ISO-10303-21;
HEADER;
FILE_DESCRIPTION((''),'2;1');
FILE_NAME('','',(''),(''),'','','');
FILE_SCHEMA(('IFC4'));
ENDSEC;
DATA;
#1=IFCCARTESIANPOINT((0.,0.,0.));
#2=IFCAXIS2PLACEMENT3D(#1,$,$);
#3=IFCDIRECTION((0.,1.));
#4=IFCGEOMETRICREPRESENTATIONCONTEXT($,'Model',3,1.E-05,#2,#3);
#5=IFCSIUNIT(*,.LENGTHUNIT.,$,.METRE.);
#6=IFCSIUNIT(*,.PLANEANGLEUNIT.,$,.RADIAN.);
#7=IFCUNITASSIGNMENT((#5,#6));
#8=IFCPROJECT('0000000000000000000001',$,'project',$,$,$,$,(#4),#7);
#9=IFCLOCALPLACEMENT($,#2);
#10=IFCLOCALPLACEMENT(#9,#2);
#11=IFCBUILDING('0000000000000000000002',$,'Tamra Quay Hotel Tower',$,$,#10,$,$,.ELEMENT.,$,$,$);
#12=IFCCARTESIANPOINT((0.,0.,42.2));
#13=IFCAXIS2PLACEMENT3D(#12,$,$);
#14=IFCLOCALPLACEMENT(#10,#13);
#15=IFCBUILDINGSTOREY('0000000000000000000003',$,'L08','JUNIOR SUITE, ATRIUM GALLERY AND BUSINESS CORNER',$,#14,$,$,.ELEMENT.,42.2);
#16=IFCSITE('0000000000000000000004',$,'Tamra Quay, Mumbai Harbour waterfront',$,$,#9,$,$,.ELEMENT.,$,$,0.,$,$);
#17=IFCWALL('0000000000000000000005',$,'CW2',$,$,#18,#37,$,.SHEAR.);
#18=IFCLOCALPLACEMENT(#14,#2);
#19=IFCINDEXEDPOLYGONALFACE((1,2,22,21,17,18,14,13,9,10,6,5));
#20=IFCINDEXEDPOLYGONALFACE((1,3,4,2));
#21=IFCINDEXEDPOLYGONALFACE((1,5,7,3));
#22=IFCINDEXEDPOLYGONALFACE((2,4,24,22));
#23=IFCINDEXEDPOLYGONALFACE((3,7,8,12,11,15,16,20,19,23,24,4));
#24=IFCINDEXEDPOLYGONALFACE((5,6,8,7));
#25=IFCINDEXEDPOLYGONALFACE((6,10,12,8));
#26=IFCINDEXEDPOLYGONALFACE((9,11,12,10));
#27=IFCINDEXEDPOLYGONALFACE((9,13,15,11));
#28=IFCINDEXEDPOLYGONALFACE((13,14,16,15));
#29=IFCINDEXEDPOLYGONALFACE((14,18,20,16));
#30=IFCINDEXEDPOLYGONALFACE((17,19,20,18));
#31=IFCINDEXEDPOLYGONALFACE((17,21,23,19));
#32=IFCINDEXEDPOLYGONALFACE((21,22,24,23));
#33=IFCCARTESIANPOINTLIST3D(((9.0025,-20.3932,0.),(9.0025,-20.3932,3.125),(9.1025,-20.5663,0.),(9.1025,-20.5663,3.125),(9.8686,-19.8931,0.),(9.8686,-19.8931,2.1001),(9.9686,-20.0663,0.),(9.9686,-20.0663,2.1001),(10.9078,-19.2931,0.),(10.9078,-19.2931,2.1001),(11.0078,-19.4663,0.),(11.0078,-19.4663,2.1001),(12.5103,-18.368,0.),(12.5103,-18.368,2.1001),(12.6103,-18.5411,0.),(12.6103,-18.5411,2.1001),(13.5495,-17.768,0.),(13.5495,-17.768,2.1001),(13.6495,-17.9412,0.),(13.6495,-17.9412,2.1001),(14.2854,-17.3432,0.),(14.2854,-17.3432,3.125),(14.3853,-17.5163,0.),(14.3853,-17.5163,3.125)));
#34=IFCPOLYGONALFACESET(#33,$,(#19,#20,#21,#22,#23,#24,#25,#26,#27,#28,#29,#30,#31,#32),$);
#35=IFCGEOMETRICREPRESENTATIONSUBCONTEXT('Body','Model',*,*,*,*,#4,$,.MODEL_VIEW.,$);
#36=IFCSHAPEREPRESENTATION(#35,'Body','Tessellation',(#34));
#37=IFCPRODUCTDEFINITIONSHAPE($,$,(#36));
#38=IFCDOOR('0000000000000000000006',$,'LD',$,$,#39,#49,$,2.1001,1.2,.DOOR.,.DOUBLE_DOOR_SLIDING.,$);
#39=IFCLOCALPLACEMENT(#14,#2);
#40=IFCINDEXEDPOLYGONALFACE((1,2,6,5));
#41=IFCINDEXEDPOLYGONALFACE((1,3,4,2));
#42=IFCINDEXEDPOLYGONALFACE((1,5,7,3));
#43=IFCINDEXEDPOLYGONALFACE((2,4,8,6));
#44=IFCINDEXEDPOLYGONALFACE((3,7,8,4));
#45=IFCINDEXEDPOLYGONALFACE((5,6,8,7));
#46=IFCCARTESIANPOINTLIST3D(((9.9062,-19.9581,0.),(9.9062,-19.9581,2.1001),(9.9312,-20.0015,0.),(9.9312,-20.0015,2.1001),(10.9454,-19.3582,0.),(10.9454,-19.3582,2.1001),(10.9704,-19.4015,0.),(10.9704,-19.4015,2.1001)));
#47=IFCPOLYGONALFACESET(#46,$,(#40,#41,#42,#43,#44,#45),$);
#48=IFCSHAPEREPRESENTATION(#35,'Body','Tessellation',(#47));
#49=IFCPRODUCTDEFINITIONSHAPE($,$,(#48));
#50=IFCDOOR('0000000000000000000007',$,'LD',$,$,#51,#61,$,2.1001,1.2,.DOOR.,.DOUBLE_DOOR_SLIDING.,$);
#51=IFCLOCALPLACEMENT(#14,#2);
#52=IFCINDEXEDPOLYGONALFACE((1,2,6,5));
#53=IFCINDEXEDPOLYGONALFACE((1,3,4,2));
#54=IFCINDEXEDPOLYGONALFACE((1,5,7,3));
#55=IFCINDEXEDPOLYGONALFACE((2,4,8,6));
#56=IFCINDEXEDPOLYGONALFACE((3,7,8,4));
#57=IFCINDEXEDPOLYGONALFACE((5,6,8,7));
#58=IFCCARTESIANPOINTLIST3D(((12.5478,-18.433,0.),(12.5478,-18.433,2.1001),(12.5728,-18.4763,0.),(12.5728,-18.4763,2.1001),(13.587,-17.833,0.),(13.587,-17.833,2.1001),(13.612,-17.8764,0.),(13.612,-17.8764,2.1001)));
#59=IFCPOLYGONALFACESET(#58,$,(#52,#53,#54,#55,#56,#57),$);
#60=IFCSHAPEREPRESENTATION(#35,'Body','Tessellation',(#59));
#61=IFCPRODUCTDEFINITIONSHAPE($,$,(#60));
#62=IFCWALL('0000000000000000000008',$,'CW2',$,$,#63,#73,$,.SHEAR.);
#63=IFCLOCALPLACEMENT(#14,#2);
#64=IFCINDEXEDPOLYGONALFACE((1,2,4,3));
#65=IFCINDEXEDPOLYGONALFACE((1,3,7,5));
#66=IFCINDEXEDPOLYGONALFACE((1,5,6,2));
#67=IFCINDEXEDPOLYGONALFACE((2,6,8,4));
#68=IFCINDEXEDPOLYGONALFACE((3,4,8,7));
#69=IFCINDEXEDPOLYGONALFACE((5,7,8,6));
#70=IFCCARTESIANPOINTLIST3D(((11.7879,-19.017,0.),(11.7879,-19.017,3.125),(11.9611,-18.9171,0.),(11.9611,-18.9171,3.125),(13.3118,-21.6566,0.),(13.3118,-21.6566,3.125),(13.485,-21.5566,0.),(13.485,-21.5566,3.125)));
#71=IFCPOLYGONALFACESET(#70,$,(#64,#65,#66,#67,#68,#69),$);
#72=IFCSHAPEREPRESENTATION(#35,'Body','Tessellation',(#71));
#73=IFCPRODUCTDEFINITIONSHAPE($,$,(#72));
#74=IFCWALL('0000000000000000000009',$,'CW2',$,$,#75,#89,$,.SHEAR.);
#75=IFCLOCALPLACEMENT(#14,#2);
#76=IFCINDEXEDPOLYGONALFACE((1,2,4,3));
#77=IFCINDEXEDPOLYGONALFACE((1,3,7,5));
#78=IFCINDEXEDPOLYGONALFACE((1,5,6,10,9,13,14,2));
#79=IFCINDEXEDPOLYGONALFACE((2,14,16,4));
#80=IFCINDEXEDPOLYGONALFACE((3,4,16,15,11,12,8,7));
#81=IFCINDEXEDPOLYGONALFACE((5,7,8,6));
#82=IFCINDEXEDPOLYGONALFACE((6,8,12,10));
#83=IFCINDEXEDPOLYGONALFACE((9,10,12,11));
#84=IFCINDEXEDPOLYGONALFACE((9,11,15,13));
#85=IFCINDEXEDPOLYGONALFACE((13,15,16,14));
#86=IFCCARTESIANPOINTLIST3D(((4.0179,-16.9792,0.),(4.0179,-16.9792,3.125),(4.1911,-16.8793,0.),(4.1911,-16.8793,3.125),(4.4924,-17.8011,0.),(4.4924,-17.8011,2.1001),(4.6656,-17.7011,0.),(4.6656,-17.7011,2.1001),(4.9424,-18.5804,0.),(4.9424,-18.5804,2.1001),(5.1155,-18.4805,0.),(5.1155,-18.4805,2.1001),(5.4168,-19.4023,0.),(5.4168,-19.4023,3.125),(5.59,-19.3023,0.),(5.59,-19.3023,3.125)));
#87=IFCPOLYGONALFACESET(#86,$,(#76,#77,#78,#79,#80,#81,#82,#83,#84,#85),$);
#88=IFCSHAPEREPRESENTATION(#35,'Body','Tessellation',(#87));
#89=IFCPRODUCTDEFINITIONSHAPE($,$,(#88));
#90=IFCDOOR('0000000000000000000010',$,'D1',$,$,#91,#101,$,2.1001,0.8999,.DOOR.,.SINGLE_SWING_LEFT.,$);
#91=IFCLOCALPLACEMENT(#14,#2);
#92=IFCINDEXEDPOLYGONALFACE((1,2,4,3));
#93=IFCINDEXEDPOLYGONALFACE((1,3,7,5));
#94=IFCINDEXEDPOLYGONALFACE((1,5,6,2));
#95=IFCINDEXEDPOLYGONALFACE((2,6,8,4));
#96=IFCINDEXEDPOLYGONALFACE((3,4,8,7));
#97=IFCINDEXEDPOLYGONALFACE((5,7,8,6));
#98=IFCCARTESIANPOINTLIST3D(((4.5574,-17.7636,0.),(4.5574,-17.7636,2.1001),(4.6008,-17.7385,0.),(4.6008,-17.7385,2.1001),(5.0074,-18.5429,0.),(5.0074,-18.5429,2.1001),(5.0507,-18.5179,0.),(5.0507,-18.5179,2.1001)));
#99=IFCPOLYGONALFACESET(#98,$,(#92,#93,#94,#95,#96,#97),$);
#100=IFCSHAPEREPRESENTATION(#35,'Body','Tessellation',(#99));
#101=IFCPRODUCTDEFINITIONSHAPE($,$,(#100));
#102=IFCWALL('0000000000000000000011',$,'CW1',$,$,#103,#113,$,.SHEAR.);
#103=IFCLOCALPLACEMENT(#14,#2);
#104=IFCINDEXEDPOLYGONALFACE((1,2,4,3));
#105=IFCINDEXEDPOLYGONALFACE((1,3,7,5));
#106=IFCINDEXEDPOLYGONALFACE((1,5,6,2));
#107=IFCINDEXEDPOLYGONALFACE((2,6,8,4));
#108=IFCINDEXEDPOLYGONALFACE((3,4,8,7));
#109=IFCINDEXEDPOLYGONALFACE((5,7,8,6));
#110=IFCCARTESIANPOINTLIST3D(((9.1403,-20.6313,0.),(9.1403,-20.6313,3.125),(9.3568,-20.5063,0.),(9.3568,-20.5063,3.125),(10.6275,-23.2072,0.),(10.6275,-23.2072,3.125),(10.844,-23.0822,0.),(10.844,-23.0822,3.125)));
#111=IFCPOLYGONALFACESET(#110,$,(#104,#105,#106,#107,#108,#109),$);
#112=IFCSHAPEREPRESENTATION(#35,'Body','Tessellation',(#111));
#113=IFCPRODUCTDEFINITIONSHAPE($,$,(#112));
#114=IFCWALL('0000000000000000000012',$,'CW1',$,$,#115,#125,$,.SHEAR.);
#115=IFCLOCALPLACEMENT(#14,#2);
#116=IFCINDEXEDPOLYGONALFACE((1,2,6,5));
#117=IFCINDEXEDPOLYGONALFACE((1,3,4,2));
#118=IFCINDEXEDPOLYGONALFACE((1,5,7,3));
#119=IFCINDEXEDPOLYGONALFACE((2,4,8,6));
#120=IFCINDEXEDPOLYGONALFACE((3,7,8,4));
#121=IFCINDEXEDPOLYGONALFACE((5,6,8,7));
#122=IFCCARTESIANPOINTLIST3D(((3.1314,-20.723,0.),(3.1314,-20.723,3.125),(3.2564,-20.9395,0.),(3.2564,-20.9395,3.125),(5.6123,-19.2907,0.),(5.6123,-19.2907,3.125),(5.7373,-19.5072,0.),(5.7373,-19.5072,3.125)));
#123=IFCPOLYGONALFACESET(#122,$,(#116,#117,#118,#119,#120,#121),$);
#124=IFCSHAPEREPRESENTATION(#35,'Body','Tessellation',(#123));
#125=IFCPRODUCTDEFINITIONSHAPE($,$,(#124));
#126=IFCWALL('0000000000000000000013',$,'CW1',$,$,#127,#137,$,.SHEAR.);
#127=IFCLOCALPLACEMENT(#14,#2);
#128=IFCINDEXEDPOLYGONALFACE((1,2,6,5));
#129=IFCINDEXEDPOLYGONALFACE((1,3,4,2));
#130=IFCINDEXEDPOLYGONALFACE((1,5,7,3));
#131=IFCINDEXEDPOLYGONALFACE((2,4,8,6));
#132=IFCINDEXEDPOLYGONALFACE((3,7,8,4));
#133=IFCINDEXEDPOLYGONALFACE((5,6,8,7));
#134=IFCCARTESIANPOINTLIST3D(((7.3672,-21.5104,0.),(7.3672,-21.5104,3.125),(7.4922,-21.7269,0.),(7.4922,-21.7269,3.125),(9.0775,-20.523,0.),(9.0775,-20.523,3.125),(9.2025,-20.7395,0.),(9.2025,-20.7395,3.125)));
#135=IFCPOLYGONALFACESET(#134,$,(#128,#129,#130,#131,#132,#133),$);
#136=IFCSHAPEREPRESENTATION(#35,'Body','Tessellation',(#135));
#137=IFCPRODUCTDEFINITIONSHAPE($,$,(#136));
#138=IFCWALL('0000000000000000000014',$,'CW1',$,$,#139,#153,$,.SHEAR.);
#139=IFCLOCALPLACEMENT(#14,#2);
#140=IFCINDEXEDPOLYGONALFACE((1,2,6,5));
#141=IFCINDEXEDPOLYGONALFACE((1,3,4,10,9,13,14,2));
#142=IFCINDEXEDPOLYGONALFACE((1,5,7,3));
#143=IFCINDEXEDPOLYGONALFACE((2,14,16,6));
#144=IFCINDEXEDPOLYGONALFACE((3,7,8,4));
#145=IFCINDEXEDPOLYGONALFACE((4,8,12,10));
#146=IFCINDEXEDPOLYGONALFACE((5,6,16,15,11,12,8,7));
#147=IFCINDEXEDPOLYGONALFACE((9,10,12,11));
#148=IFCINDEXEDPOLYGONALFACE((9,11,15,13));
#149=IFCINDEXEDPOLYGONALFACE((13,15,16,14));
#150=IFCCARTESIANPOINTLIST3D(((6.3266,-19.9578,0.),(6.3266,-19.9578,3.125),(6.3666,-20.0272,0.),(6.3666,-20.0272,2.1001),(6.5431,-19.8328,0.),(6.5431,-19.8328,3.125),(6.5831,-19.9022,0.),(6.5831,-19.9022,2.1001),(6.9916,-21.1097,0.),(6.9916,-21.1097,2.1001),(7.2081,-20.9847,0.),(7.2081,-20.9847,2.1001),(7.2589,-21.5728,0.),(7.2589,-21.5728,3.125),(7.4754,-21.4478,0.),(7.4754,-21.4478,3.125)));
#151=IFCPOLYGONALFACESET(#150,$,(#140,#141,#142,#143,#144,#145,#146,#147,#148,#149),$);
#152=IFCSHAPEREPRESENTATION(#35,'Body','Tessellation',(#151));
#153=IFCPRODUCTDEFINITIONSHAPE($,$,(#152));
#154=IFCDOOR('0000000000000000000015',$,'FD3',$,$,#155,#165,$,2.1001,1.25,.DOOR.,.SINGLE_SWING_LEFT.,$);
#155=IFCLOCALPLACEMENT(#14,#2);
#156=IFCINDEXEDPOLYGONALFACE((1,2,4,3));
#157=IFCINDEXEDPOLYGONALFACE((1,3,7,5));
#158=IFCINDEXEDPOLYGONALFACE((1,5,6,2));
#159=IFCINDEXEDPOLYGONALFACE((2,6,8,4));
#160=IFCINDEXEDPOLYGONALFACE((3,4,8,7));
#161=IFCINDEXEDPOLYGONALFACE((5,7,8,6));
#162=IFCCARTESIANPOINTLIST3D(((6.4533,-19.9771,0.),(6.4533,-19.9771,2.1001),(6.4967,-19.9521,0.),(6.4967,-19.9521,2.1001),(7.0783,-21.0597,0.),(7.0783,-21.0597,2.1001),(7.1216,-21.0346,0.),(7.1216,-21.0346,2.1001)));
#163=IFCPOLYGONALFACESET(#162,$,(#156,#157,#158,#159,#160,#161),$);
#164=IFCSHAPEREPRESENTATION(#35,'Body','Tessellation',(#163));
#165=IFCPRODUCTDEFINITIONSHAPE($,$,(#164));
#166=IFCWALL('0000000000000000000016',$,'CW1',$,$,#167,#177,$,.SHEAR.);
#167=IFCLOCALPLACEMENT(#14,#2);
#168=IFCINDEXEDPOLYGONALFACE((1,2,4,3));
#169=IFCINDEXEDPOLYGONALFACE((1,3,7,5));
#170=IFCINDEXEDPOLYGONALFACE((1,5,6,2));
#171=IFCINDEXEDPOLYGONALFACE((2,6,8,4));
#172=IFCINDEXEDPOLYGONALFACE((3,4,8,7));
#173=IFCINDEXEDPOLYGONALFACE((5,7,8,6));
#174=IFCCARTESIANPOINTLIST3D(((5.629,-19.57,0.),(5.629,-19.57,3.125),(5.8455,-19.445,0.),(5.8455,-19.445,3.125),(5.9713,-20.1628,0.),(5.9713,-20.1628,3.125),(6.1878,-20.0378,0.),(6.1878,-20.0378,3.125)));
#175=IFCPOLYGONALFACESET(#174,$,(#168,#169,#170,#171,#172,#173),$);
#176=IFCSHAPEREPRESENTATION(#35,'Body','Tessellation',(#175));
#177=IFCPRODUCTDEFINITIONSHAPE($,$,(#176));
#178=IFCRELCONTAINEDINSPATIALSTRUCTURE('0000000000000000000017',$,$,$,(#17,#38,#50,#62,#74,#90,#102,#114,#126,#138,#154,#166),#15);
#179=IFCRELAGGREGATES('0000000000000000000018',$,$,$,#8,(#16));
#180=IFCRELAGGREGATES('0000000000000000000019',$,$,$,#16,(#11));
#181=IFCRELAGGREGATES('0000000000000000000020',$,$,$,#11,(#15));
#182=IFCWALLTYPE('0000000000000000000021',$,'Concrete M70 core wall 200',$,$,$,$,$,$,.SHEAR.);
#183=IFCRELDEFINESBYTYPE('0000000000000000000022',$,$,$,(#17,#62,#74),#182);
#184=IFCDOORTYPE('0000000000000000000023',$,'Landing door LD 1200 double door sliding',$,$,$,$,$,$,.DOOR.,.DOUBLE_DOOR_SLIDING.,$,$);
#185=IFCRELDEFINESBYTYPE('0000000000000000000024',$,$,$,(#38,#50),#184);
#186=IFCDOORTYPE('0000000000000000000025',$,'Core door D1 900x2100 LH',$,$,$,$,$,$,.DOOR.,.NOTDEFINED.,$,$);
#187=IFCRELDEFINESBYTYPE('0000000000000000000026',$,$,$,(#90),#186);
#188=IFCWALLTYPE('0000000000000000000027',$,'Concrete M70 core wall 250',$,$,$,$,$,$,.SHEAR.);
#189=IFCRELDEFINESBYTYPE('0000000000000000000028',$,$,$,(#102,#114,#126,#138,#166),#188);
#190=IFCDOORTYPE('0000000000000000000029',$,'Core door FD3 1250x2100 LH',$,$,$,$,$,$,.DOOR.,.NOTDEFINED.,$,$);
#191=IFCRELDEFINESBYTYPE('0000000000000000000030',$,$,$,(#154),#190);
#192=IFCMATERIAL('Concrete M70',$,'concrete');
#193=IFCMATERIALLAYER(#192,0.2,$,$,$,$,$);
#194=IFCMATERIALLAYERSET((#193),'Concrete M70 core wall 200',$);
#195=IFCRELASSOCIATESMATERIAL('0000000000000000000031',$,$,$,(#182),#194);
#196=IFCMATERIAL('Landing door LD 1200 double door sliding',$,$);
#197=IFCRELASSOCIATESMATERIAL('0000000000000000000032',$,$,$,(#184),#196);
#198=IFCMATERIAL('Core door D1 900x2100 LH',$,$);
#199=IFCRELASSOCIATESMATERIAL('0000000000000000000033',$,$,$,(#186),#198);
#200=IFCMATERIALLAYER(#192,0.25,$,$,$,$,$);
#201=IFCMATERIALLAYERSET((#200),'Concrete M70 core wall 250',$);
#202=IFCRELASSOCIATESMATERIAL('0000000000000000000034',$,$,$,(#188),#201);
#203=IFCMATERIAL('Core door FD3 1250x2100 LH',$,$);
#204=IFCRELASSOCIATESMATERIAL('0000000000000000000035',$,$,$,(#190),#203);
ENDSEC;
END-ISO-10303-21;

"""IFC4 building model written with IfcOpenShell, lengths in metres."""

from ifc_helpers import new_model, si_unit, direction, frame, frame_2d, origin, place, context, subcontext, project, spatial, rectangle, extrude, material, layer, layer_set, type_object, element, fill, save


model = new_model("IFC4")

# Units and contexts
model_context = context("Model", 3, precision=1e-05, world=origin(), true_north=direction((0.0, 1.0)))
body_context = subcontext(model_context, "Body", "Model", "MODEL_VIEW")
ifc_project = project(units=[si_unit("LENGTHUNIT", "METRE"), si_unit("PLANEANGLEUNIT", "RADIAN")], contexts=[model_context])

# Site, building, storey
site_placement = place(None, origin())
site = spatial("IfcSite", under=ifc_project, at=site_placement, Name="Tamra Quay, Mumbai Harbour waterfront", CompositionType="ELEMENT", RefElevation=0.0)
building_placement = place(site_placement, origin())
building = spatial("IfcBuilding", under=site, at=building_placement, Name="Tamra Quay Hotel Tower", CompositionType="ELEMENT")
storey_placement = place(building_placement, frame((0.0, 0.0, 42.2)))
storey = spatial("IfcBuildingStorey", under=building, at=storey_placement, Name="L08", Description="JUNIOR SUITE, ATRIUM GALLERY AND BUSINESS CORNER", CompositionType="ELEMENT", Elevation=42.2)

# Shared definitions
ifc_material_1 = material(Name="Concrete M70", Category="concrete")

# Wall, openings, doors
ifc_layer_1 = layer(ifc_material_1, 0.2)
ifc_layer_set_1 = layer_set([ifc_layer_1], Name="Concrete M70 core wall 200")
wall_type_1 = type_object("IfcWallType", Name="Concrete M70 core wall 200", PredefinedType="SHEAR", material=ifc_layer_set_1)
wall_1_placement = place(storey_placement, frame((9.0525, -20.4797, 0.0), z_axis=(0.0, 0.0, 1.0), x_axis=(0.86603, 0.499992, 0.0)))
wall_1 = element("IfcWall", 1, at=wall_1_placement, inside=storey, type_object=wall_type_1, Name="CW2", PredefinedType="SHEAR", context=body_context, shape_type="SweptSolid", body=[
    extrude(rectangle(XDim=6.1001, YDim=0.2, at=frame_2d((3.05, 0.0))), origin(), (0.0, 0.0, 1.0), 3.125),
])
opening_1_placement = place(wall_1_placement, frame((1.0, 0.0, 0.0)))
opening_1 = element("IfcOpeningElement", 2, at=opening_1_placement, cuts=wall_1, PredefinedType="OPENING", context=body_context, shape_type="SweptSolid", body=[
    extrude(rectangle(XDim=1.2, YDim=2.1001, at=frame_2d((0.6001, 1.05))), frame((0.0, 0.1099, 0.0), z_axis=(0.0, -1.0, 0.0), x_axis=(1.0, 0.0, 0.0)), (0.0, 0.0, 1.0), 0.22),
])
opening_2_placement = place(wall_1_placement, frame((4.0503, 0.0, 0.0)))
opening_2 = element("IfcOpeningElement", 3, at=opening_2_placement, cuts=wall_1, PredefinedType="OPENING", context=body_context, shape_type="SweptSolid", body=[
    extrude(rectangle(XDim=1.2, YDim=2.1001, at=frame_2d((0.6001, 1.05))), frame((0.0, 0.1099, 0.0), z_axis=(0.0, -1.0, 0.0), x_axis=(1.0, 0.0, 0.0)), (0.0, 0.0, 1.0), 0.22),
])
ifc_material_2 = material(Name="Landing door LD 1200 double door sliding")
door_type_1 = type_object("IfcDoorType", Name="Landing door LD 1200 double door sliding", OperationType="DOUBLE_DOOR_SLIDING", PredefinedType="DOOR", material=ifc_material_2)
door_1_placement = place(opening_1_placement, origin())
door_1 = element("IfcDoor", 4, at=door_1_placement, inside=storey, type_object=door_type_1, Name="LD", OperationType="DOUBLE_DOOR_SLIDING", OverallHeight=2.1001, OverallWidth=1.2, PredefinedType="DOOR", context=body_context, shape_type="SweptSolid", body=[
    extrude(rectangle(XDim=1.2, YDim=2.1001, at=frame_2d((0.6001, 1.05))), frame((0.0, 0.0249, 0.0), z_axis=(0.0, -1.0, 0.0), x_axis=(1.0, 0.0, 0.0)), (0.0, 0.0, 1.0), 0.05),
])
fill(opening_1, door_1)
door_2_placement = place(opening_2_placement, origin())
door_2 = element("IfcDoor", 5, at=door_2_placement, inside=storey, type_object=door_type_1, Name="LD", OperationType="DOUBLE_DOOR_SLIDING", OverallHeight=2.1001, OverallWidth=1.2, PredefinedType="DOOR", context=body_context, shape_type="SweptSolid", body=[
    extrude(rectangle(XDim=1.2, YDim=2.1001, at=frame_2d((0.6001, 1.05))), frame((0.0, 0.0249, 0.0), z_axis=(0.0, -1.0, 0.0), x_axis=(1.0, 0.0, 0.0)), (0.0, 0.0, 1.0), 0.05),
])
fill(opening_2, door_2)

# Wall
wall_2_placement = place(storey_placement, frame((11.8745, -18.967, 0.0), z_axis=(0.0, 0.0, 1.0), x_axis=(0.499981, -0.866036, 0.0)))
element("IfcWall", 6, at=wall_2_placement, inside=storey, type_object=wall_type_1, Name="CW2", PredefinedType="SHEAR", context=body_context, shape_type="SweptSolid", body=[
    extrude(rectangle(XDim=3.0479, YDim=0.2, at=frame_2d((1.5239, 0.0))), origin(), (0.0, 0.0, 1.0), 3.125),
])

# Wall, opening, door
wall_3_placement = place(storey_placement, frame((5.5034, -19.3523, 0.0), z_axis=(0.0, 0.0, 1.0), x_axis=(-0.499987, 0.866033, 0.0)))
wall_3 = element("IfcWall", 7, at=wall_3_placement, inside=storey, type_object=wall_type_1, Name="CW2", PredefinedType="SHEAR", context=body_context, shape_type="SweptSolid", body=[
    extrude(rectangle(XDim=2.7979, YDim=0.2, at=frame_2d((1.3989, 0.0))), origin(), (0.0, 0.0, 1.0), 3.125),
])
opening_3_placement = place(wall_3_placement, frame((0.949, 0.0, 0.0)))
opening_3 = element("IfcOpeningElement", 8, at=opening_3_placement, cuts=wall_3, PredefinedType="OPENING", context=body_context, shape_type="SweptSolid", body=[
    extrude(rectangle(XDim=0.8999, YDim=2.1001, at=frame_2d((0.45, 1.05))), frame((0.0, 0.1099, 0.0), z_axis=(0.0, -1.0, 0.0), x_axis=(1.0, 0.0, 0.0)), (0.0, 0.0, 1.0), 0.22),
])
ifc_material_3 = material(Name="Core door D1 900x2100 LH")
door_type_2 = type_object("IfcDoorType", Name="Core door D1 900x2100 LH", OperationType="NOTDEFINED", PredefinedType="DOOR", material=ifc_material_3)
door_3_placement = place(opening_3_placement, origin())
door_3 = element("IfcDoor", 9, at=door_3_placement, inside=storey, type_object=door_type_2, Name="D1", OperationType="SINGLE_SWING_LEFT", OverallHeight=2.1001, OverallWidth=0.8999, PredefinedType="DOOR", context=body_context, shape_type="SweptSolid", body=[
    extrude(rectangle(XDim=0.8999, YDim=2.1001, at=frame_2d((0.45, 1.05))), frame((0.0, 0.0249, 0.0), z_axis=(0.0, -1.0, 0.0), x_axis=(1.0, 0.0, 0.0)), (0.0, 0.0, 1.0), 0.05),
])
fill(opening_3, door_3)

# Walls
ifc_layer_2 = layer(ifc_material_1, 0.25)
ifc_layer_set_2 = layer_set([ifc_layer_2], Name="Concrete M70 core wall 250")
wall_type_2 = type_object("IfcWallType", Name="Concrete M70 core wall 250", PredefinedType="SHEAR", material=ifc_layer_set_2)
wall_4_placement = place(storey_placement, frame((10.7358, -23.1448, 0.0), z_axis=(0.0, 0.0, 1.0), x_axis=(-0.500023, 0.866012, 0.0)))
element("IfcWall", 10, at=wall_4_placement, inside=storey, type_object=wall_type_2, Name="CW1", PredefinedType="SHEAR", context=body_context, shape_type="SweptSolid", body=[
    extrude(rectangle(XDim=2.9744, YDim=0.25, at=frame_2d((1.4873, 0.0))), origin(), (0.0, 0.0, 1.0), 3.125),
])
wall_5_placement = place(storey_placement, frame((5.6748, -19.3989, 0.0), z_axis=(0.0, 0.0, 1.0), x_axis=(-0.866027, -0.499998, 0.0)))
element("IfcWall", 11, at=wall_5_placement, inside=storey, type_object=wall_type_2, Name="CW1", PredefinedType="SHEAR", context=body_context, shape_type="SweptSolid", body=[
    extrude(rectangle(XDim=2.8647, YDim=0.25, at=frame_2d((1.4324, 0.0))), origin(), (0.0, 0.0, 1.0), 3.125),
])
wall_6_placement = place(storey_placement, frame((9.1399, -20.6313, 0.0), z_axis=(0.0, 0.0, 1.0), x_axis=(-0.866044, -0.499969, 0.0)))
element("IfcWall", 12, at=wall_6_placement, inside=storey, type_object=wall_type_2, Name="CW1", PredefinedType="SHEAR", context=body_context, shape_type="SweptSolid", body=[
    extrude(rectangle(XDim=1.9749, YDim=0.25, at=frame_2d((0.9873, 0.0))), origin(), (0.0, 0.0, 1.0), 3.125),
])

# Wall, opening, door
wall_7_placement = place(storey_placement, frame((7.3672, -21.5103, 0.0), z_axis=(0.0, 0.0, 1.0), x_axis=(-0.499983, 0.866035, 0.0)))
wall_7 = element("IfcWall", 13, at=wall_7_placement, inside=storey, type_object=wall_type_2, Name="CW1", PredefinedType="SHEAR", context=body_context, shape_type="SweptSolid", body=[
    extrude(rectangle(XDim=1.8647, YDim=0.25, at=frame_2d((0.9324, 0.0))), origin(), (0.0, 0.0, 1.0), 3.125),
])
opening_4_placement = place(wall_7_placement, frame((0.5347, 0.0, 0.0)))
opening_4 = element("IfcOpeningElement", 14, at=opening_4_placement, cuts=wall_7, PredefinedType="OPENING", context=body_context, shape_type="SweptSolid", body=[
    extrude(rectangle(XDim=1.25, YDim=2.1001, at=frame_2d((0.625, 1.05))), frame((0.0, 0.135, 0.0), z_axis=(0.0, -1.0, 0.0), x_axis=(1.0, 0.0, 0.0)), (0.0, 0.0, 1.0), 0.27),
])
ifc_material_4 = material(Name="Core door FD3 1250x2100 LH")
door_type_3 = type_object("IfcDoorType", Name="Core door FD3 1250x2100 LH", OperationType="NOTDEFINED", PredefinedType="DOOR", material=ifc_material_4)
door_4_placement = place(opening_4_placement, origin())
door_4 = element("IfcDoor", 15, at=door_4_placement, inside=storey, type_object=door_type_3, Name="FD3", OperationType="SINGLE_SWING_LEFT", OverallHeight=2.1001, OverallWidth=1.25, PredefinedType="DOOR", context=body_context, shape_type="SweptSolid", body=[
    extrude(rectangle(XDim=1.25, YDim=2.1001, at=frame_2d((0.625, 1.05))), frame((0.0, 0.0249, 0.0), z_axis=(0.0, -1.0, 0.0), x_axis=(1.0, 0.0, 0.0)), (0.0, 0.0, 1.0), 0.05),
])
fill(opening_4, door_4)

# Wall
wall_8_placement = place(storey_placement, frame((6.0796, -20.1003, 0.0), z_axis=(0.0, 0.0, 1.0), x_axis=(-0.500052, 0.865996, 0.0)))
element("IfcWall", 16, at=wall_8_placement, inside=storey, type_object=wall_type_2, Name="CW1", PredefinedType="SHEAR", context=body_context, shape_type="SweptSolid", body=[
    extrude(rectangle(XDim=0.6846, YDim=0.25, at=frame_2d((0.3423, 0.0))), origin(), (0.0, 0.0, 1.0), 3.125),
])

save(model, "model.ifc")
